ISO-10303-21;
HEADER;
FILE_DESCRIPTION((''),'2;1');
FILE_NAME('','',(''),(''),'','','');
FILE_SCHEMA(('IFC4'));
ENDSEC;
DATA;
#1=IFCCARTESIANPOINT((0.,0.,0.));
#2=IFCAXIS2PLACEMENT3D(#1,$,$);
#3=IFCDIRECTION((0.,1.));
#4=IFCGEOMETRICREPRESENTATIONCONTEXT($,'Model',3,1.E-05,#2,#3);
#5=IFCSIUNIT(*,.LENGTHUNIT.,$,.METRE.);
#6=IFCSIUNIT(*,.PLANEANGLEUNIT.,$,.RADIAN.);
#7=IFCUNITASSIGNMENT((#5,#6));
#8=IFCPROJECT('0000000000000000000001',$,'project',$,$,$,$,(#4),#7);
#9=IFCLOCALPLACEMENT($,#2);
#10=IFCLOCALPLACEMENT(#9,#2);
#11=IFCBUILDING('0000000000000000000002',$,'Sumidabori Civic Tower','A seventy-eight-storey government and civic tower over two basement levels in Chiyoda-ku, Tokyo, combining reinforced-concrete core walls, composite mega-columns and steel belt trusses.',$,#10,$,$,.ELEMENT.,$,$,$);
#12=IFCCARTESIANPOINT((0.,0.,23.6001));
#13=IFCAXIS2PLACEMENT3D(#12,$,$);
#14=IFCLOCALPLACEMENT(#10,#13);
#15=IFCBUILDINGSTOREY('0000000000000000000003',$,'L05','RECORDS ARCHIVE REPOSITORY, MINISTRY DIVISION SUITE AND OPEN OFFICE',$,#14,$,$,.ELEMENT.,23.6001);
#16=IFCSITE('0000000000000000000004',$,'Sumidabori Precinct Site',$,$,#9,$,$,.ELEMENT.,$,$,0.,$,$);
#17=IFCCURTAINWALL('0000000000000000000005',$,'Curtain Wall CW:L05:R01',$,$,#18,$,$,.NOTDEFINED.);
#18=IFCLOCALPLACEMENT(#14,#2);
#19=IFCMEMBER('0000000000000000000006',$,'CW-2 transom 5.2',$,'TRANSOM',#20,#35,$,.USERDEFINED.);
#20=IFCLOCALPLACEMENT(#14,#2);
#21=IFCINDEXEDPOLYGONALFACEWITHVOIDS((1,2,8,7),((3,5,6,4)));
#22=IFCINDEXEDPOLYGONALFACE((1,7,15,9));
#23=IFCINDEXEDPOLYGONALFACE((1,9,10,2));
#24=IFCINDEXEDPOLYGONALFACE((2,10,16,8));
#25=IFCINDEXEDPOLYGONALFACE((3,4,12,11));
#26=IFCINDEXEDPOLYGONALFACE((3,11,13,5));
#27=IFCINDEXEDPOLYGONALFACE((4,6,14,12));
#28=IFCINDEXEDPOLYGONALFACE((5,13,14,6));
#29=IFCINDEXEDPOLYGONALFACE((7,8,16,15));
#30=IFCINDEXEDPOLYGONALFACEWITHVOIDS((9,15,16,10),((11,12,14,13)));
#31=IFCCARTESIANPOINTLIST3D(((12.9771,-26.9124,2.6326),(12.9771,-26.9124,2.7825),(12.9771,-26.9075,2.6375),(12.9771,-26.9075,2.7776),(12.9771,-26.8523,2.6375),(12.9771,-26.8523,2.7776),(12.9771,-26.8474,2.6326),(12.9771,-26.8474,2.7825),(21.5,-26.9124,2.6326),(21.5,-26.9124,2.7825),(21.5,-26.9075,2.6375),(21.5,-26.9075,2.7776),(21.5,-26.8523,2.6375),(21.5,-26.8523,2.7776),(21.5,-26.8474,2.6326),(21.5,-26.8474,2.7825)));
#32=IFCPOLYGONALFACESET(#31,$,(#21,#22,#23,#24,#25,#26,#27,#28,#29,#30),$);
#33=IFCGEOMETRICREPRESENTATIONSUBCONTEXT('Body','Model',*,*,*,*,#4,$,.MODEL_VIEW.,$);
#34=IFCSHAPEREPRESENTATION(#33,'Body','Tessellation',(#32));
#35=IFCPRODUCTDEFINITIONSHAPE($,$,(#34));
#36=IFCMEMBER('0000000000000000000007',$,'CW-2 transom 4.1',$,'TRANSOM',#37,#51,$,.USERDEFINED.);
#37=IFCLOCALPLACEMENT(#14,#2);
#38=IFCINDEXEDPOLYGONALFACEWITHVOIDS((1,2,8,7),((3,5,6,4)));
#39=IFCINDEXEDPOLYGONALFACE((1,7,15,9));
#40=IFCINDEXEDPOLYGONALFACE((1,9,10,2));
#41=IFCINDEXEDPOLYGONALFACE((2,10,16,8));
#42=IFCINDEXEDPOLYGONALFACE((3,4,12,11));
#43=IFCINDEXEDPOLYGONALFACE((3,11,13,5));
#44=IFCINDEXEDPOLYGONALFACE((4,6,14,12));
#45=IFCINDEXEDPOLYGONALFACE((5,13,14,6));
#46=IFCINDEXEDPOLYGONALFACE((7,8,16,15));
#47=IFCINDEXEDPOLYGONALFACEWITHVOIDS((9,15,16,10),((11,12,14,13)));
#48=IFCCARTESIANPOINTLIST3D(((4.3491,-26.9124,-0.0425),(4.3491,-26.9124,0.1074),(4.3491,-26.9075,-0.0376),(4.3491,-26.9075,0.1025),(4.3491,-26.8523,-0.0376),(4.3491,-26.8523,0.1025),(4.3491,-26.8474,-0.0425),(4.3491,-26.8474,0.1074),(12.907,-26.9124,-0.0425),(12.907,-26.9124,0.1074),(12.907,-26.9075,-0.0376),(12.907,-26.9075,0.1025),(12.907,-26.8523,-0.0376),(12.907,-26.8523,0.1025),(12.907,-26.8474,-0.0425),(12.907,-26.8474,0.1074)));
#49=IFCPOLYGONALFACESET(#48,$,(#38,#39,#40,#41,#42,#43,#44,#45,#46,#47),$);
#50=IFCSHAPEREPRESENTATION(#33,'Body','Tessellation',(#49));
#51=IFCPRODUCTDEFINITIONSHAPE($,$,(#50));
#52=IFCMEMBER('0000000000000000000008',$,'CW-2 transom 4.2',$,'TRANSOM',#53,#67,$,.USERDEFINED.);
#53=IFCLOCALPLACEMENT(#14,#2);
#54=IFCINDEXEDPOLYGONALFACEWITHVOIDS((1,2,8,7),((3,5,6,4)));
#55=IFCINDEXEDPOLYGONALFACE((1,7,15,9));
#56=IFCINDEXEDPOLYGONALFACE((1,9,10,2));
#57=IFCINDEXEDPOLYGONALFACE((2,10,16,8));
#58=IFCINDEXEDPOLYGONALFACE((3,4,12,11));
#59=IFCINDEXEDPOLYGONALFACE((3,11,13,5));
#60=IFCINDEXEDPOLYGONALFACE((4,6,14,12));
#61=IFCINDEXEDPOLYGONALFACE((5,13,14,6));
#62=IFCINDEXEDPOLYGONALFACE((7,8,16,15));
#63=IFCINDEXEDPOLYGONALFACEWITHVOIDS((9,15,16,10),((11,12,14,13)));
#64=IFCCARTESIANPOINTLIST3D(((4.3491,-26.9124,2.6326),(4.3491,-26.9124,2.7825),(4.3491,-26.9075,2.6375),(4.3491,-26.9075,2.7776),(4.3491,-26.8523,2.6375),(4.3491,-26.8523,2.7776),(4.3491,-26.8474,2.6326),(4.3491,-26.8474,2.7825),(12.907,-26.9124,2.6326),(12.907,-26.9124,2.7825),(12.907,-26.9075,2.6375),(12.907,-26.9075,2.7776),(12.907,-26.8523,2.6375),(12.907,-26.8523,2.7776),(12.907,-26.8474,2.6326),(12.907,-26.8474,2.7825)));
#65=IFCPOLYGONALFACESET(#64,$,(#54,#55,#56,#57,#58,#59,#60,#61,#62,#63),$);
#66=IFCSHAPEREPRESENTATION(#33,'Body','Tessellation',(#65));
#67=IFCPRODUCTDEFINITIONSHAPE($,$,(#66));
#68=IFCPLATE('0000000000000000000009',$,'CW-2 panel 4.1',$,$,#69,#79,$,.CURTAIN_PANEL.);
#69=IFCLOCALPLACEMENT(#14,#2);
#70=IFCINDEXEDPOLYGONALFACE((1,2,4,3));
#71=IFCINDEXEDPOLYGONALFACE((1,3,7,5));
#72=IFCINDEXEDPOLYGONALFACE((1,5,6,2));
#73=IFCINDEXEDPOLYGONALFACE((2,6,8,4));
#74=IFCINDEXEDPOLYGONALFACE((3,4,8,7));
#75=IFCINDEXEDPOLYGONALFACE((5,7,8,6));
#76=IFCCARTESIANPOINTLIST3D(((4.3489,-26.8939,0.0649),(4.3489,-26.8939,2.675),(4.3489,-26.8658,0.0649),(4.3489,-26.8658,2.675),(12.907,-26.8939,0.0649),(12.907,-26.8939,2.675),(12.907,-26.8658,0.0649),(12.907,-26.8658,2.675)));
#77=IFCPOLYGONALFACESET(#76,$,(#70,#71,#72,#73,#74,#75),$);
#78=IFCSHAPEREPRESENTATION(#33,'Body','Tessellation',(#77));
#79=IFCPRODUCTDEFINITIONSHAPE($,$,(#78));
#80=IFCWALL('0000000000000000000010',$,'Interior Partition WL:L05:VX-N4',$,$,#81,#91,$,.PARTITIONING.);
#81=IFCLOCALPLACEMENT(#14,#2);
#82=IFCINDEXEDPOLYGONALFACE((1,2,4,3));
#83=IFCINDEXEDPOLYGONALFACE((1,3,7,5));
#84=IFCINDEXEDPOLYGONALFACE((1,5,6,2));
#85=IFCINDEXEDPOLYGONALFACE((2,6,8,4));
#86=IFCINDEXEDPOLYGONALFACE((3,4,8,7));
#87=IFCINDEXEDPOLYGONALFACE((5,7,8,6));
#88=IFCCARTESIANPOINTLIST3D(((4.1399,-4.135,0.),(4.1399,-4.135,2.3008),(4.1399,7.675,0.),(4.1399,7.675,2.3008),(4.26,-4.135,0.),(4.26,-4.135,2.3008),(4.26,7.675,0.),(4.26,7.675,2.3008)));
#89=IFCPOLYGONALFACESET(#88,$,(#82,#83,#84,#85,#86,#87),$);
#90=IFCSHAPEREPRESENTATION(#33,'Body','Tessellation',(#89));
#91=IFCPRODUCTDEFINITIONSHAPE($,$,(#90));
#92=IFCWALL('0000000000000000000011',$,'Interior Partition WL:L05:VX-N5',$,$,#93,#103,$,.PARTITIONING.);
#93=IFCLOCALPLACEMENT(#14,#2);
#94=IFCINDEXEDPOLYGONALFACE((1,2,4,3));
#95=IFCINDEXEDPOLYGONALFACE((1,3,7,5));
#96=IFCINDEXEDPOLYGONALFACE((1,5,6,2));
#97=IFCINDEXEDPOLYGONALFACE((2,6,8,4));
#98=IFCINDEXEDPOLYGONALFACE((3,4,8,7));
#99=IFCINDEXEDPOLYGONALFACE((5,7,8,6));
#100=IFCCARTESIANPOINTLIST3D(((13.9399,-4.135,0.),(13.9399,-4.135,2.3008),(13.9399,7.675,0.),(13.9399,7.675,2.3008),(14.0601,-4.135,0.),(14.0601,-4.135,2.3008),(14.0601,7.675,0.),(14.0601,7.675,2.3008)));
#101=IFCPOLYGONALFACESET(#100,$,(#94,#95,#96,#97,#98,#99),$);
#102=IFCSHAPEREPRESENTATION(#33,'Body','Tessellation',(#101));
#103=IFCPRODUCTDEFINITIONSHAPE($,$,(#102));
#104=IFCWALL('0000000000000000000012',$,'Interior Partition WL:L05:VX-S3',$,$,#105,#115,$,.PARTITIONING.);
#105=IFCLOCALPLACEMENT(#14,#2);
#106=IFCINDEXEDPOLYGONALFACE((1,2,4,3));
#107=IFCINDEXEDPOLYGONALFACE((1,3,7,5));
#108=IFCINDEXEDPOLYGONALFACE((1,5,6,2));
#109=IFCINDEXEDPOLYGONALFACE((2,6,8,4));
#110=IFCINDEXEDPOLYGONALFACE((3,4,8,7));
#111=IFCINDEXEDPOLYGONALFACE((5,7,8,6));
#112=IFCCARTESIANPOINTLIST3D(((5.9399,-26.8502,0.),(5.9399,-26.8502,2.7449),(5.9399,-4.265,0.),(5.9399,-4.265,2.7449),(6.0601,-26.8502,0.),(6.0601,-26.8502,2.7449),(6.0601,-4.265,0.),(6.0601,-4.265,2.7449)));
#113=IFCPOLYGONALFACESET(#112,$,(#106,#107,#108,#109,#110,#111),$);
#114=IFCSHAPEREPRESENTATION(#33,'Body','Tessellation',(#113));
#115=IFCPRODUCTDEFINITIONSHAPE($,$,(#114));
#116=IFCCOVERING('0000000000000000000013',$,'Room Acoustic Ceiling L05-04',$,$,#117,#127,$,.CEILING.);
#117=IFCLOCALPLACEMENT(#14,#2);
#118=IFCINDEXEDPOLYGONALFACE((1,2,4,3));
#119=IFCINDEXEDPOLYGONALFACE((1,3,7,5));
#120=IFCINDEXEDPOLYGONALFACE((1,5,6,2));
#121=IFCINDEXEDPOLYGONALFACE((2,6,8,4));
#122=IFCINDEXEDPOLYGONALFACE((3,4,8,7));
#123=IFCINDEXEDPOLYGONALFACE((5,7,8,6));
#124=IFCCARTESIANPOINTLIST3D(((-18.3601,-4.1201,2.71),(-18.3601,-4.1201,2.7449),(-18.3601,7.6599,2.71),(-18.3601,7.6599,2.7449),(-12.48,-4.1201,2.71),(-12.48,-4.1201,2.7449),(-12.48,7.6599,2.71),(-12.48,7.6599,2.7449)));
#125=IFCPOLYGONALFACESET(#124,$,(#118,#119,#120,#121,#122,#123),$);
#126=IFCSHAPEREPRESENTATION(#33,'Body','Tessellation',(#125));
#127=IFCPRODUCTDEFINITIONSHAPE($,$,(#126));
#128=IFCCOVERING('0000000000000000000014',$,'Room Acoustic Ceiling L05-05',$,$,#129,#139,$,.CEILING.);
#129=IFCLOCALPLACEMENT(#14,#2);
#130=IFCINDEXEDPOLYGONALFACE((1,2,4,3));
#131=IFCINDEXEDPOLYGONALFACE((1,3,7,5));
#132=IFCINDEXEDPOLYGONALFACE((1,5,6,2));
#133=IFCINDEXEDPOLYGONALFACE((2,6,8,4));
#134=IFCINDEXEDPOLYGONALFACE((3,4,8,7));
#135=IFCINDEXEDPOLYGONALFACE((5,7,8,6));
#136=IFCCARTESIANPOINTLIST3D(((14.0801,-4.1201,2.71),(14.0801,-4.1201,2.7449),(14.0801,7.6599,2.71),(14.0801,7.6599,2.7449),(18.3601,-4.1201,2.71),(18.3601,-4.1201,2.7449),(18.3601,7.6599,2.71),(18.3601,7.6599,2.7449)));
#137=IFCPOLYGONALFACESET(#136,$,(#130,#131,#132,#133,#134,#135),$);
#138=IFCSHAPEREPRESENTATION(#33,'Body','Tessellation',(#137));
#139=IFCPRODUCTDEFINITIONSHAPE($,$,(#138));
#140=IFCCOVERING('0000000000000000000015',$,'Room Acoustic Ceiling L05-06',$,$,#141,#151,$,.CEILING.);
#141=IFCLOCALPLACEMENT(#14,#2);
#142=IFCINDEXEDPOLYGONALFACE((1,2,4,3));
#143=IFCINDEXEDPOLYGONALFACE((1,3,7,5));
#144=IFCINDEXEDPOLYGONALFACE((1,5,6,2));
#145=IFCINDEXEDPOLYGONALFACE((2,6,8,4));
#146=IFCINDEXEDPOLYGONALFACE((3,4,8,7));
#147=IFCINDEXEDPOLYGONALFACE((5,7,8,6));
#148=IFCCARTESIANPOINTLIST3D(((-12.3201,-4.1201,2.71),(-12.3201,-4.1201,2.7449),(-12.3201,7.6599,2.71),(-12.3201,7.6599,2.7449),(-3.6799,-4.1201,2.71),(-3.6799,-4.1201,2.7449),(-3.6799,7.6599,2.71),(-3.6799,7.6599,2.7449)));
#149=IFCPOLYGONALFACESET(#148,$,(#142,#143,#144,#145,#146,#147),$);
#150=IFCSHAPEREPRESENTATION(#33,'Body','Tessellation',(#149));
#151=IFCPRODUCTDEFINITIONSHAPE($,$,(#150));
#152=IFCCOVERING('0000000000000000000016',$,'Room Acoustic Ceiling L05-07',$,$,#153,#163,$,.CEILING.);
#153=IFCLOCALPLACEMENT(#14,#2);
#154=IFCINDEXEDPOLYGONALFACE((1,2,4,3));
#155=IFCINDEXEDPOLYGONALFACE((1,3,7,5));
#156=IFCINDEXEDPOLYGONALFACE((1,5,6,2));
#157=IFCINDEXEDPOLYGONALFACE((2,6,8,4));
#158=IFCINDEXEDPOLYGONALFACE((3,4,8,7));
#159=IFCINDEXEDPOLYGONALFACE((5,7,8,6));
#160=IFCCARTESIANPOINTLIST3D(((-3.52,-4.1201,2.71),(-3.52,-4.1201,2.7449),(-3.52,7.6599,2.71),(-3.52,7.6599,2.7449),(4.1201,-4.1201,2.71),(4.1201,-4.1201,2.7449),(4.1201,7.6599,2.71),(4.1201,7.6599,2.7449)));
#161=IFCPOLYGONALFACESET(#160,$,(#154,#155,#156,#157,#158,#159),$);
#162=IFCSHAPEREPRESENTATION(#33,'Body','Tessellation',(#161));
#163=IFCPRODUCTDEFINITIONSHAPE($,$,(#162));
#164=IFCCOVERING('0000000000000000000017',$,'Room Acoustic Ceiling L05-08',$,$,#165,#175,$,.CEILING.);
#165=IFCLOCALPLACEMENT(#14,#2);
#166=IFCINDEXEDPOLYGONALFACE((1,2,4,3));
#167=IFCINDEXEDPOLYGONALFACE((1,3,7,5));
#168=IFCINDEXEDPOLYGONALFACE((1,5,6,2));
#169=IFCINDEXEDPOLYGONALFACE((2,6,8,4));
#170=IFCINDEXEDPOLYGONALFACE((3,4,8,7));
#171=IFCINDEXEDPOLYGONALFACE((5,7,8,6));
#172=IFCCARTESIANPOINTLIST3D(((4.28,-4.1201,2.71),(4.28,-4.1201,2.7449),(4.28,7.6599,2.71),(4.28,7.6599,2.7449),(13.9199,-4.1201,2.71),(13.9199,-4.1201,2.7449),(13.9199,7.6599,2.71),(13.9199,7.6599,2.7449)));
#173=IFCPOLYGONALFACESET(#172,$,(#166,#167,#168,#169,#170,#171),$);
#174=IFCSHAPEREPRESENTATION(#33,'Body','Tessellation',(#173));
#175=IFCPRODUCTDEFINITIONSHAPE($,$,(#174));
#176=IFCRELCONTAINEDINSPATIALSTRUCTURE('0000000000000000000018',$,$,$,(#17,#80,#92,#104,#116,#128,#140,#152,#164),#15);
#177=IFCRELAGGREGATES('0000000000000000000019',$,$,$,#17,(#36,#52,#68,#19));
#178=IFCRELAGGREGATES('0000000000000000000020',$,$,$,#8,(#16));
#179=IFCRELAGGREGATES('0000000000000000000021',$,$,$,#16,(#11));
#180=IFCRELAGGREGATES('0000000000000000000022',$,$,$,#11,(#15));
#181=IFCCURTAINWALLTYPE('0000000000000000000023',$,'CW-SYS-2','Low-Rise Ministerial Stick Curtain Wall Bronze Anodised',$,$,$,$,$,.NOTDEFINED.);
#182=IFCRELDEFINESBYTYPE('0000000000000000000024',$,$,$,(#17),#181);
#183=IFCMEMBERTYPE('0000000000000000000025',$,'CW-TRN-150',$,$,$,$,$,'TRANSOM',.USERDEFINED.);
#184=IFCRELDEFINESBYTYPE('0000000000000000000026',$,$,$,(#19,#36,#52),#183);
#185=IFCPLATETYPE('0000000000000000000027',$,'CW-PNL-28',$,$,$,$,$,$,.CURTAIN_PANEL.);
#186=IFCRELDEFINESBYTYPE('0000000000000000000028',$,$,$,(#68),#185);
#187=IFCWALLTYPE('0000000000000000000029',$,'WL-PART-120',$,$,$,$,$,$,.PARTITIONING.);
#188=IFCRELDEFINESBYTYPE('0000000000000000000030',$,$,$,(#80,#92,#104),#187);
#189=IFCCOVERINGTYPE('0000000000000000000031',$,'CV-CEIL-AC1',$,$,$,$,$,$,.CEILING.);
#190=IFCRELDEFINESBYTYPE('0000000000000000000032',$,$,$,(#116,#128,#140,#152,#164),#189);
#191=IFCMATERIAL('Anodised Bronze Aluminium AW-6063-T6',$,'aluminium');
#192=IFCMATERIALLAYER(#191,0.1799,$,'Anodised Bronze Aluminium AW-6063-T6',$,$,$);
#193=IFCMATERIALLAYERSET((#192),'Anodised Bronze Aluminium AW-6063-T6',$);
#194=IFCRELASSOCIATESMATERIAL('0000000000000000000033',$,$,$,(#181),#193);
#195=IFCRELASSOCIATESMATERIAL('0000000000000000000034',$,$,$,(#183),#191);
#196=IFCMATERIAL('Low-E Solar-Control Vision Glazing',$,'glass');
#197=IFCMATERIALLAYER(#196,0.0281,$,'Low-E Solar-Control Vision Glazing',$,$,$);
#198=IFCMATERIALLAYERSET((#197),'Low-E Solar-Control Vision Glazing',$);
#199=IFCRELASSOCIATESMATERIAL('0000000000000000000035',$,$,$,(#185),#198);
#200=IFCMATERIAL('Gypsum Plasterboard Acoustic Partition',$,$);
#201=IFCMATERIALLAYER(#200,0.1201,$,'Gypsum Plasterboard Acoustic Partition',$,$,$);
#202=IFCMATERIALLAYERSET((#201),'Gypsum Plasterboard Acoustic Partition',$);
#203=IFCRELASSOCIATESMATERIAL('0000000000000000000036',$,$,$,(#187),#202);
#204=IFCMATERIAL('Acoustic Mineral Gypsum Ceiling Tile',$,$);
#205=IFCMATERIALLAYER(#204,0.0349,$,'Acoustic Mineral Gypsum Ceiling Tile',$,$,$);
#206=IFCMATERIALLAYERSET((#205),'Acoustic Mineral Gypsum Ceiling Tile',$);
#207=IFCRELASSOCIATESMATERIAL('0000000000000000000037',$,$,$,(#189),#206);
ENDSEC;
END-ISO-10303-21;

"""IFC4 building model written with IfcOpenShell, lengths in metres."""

from ifc_helpers import new_model, si_unit, direction, frame, frame_2d, origin, origin_2d, place, context, subcontext, project, spatial, polyline, rectangle, hollow_rectangle, outline, extrude, source, transform, mapped, material, layer, layer_set, material_profile, profile_set, type_object, element, aggregate, save


model = new_model("IFC4")

# Units and contexts
model_context = context("Model", 3, precision=1e-05, world=origin(), true_north=direction((0.0, 1.0)))
body_context = subcontext(model_context, "Body", "Model", "MODEL_VIEW")
ifc_project = project(units=[si_unit("LENGTHUNIT", "METRE"), si_unit("PLANEANGLEUNIT", "RADIAN")], contexts=[model_context])

# Site, building, storey
site_placement = place(None, origin())
site = spatial("IfcSite", under=ifc_project, at=site_placement, Name="Sumidabori Precinct Site", CompositionType="ELEMENT", RefElevation=0.0)
building_placement = place(site_placement, origin())
building = spatial("IfcBuilding", under=site, at=building_placement, Name="Sumidabori Civic Tower", Description="A seventy-eight-storey government and civic tower over two basement levels in Chiyoda-ku, Tokyo, combining reinforced-concrete core walls, composite mega-columns and steel belt trusses.", CompositionType="ELEMENT")
storey_placement = place(building_placement, frame((0.0, 0.0, 23.6001)))
storey = spatial("IfcBuildingStorey", under=building, at=storey_placement, Name="L05", Description="RECORDS ARCHIVE REPOSITORY, MINISTRY DIVISION SUITE AND OPEN OFFICE", CompositionType="ELEMENT", Elevation=23.6001)

# Curtain wall, members, plate
ifc_material_1 = material(Name="Anodised Bronze Aluminium AW-6063-T6", Category="aluminium")
ifc_layer_1 = layer(ifc_material_1, 0.1799, Name="Anodised Bronze Aluminium AW-6063-T6")
ifc_layer_set_1 = layer_set([ifc_layer_1], Name="Anodised Bronze Aluminium AW-6063-T6")
curtain_wall_type = type_object("IfcCurtainWallType", Name="CW-SYS-2", Description="Low-Rise Ministerial Stick Curtain Wall Bronze Anodised", PredefinedType="NOTDEFINED", material=ifc_layer_set_1)
curtain_wall_placement = place(storey_placement, origin())
curtain_wall = element("IfcCurtainWall", 1, at=curtain_wall_placement, inside=storey, type_object=curtain_wall_type, Name="Curtain Wall CW:L05:R01", PredefinedType="NOTDEFINED")
ifc_material_profile_1 = material_profile(ifc_material_1, hollow_rectangle(XDim=0.0649, YDim=0.1499, WallThickness=0.0049, at=origin_2d()), Name="ALU TRANSOM 150x65")
ifc_profile_set_1 = profile_set([ifc_material_profile_1], Name="Anodised Bronze Aluminium AW-6063-T6")
member_type_1 = type_object("IfcMemberType", Name="CW-TRN-150", ElementType="TRANSOM", PredefinedType="USERDEFINED", material=ifc_profile_set_1)
shared_shape_1 = source(origin(), body_context, "Body", "SweptSolid", [
    extrude(hollow_rectangle(XDim=0.0649, YDim=0.1499, WallThickness=0.0049, at=origin_2d()), origin(), (0.0, 0.0, 1.0), 8.5229),
])
member_1_placement = place(storey_placement, frame((12.9771, -26.8799, 2.7075), z_axis=(1.0, 0.0, 0.0), x_axis=(0.0, 1.0, 0.0)))
member_1 = element("IfcMember", 2, at=member_1_placement, type_object=member_type_1, Name="CW-2 transom 5.2", ObjectType="TRANSOM", PredefinedType="USERDEFINED", context=body_context, shape_type="MappedRepresentation", body=[
    mapped(shared_shape_1, transform((0.0, 0.0, 0.0), x_axis=(1.0, 0.0, 0.0), y_axis=(0.0, 1.0, 0.0), z_axis=(0.0, 0.0, 1.0), scale=1.0)),
])
shared_shape_2 = source(origin(), body_context, "Body", "SweptSolid", [
    extrude(hollow_rectangle(XDim=0.0649, YDim=0.1499, WallThickness=0.0049, at=origin_2d()), origin(), (0.0, 0.0, 1.0), 8.5579),
])
member_2_placement = place(storey_placement, frame((4.3491, -26.8799, 0.0325), z_axis=(1.0, 0.0, 0.0), x_axis=(0.0, 1.0, 0.0)))
member_2 = element("IfcMember", 3, at=member_2_placement, type_object=member_type_1, Name="CW-2 transom 4.1", ObjectType="TRANSOM", PredefinedType="USERDEFINED", context=body_context, shape_type="MappedRepresentation", body=[
    mapped(shared_shape_2, transform((0.0, 0.0, 0.0), x_axis=(1.0, 0.0, 0.0), y_axis=(0.0, 1.0, 0.0), z_axis=(0.0, 0.0, 1.0), scale=1.0)),
])
member_3_placement = place(storey_placement, frame((4.3491, -26.8799, 2.7075), z_axis=(1.0, 0.0, 0.0), x_axis=(0.0, 1.0, 0.0)))
member_3 = element("IfcMember", 4, at=member_3_placement, type_object=member_type_1, Name="CW-2 transom 4.2", ObjectType="TRANSOM", PredefinedType="USERDEFINED", context=body_context, shape_type="MappedRepresentation", body=[
    mapped(shared_shape_2, transform((0.0, 0.0, 0.0), x_axis=(1.0, 0.0, 0.0), y_axis=(0.0, 1.0, 0.0), z_axis=(0.0, 0.0, 1.0), scale=1.0)),
])
ifc_material_2 = material(Name="Low-E Solar-Control Vision Glazing", Category="glass")
ifc_layer_2 = layer(ifc_material_2, 0.0281, Name="Low-E Solar-Control Vision Glazing")
ifc_layer_set_2 = layer_set([ifc_layer_2], Name="Low-E Solar-Control Vision Glazing")
plate_type = type_object("IfcPlateType", Name="CW-PNL-28", PredefinedType="CURTAIN_PANEL", material=ifc_layer_set_2)
shared_shape_3 = source(origin(), body_context, "Body", "SweptSolid", [
    extrude(rectangle(XDim=8.5581, YDim=0.0281, at=origin_2d()), origin(), (0.0, 0.0, 1.0), 2.6101),
])
plate_placement = place(storey_placement, frame((8.6279, -26.8799, 0.0649), z_axis=(0.0, 0.0, 1.0), x_axis=(1.0, 0.0, 0.0)))
plate = element("IfcPlate", 5, at=plate_placement, type_object=plate_type, Name="CW-2 panel 4.1", PredefinedType="CURTAIN_PANEL", context=body_context, shape_type="MappedRepresentation", body=[
    mapped(shared_shape_3, transform((0.0, 0.0, 0.0), x_axis=(1.0, 0.0, 0.0), y_axis=(0.0, 1.0, 0.0), z_axis=(0.0, 0.0, 1.0), scale=1.0)),
])
aggregate(curtain_wall, [member_2, member_3, plate, member_1])

# Walls
ifc_material_3 = material(Name="Gypsum Plasterboard Acoustic Partition")
ifc_layer_3 = layer(ifc_material_3, 0.1201, Name="Gypsum Plasterboard Acoustic Partition")
ifc_layer_set_3 = layer_set([ifc_layer_3], Name="Gypsum Plasterboard Acoustic Partition")
wall_type = type_object("IfcWallType", Name="WL-PART-120", PredefinedType="PARTITIONING", material=ifc_layer_set_3)
shared_shape_4 = source(origin(), body_context, "Body", "SweptSolid", [
    extrude(rectangle(XDim=11.8101, YDim=0.1201, at=frame_2d((5.905, 0.0))), origin(), (0.0, 0.0, 1.0), 2.3008),
])
for number, where, z_axis, x_axis, name in (
    (6, (4.2, -4.135, 0.0), (0.0, 0.0, 1.0), (0.0, 1.0, 0.0), "Interior Partition WL:L05:VX-N4"),
    (7, (14.0, -4.135, 0.0), (0.0, 0.0, 1.0), (0.0, 1.0, 0.0), "Interior Partition WL:L05:VX-N5"),
):
    element("IfcWall", number, at=place(storey_placement, frame(where, z_axis=z_axis, x_axis=x_axis)), inside=storey, type_object=wall_type, Name=name, PredefinedType="PARTITIONING", context=body_context, shape_type="MappedRepresentation", body=[
        mapped(shared_shape_4, transform((0.0, 0.0, 0.0), x_axis=(1.0, 0.0, 0.0), y_axis=(0.0, 1.0, 0.0), z_axis=(0.0, 0.0, 1.0), scale=1.0)),
    ])
shared_shape_5 = source(origin(), body_context, "Body", "SweptSolid", [
    extrude(rectangle(XDim=22.5852, YDim=0.1201, at=frame_2d((11.2925, 0.0))), origin(), (0.0, 0.0, 1.0), 2.7449),
])
wall_placement = place(storey_placement, frame((6.0, -26.8501, 0.0), z_axis=(0.0, 0.0, 1.0), x_axis=(0.0, 1.0, 0.0)))
element("IfcWall", 8, at=wall_placement, inside=storey, type_object=wall_type, Name="Interior Partition WL:L05:VX-S3", PredefinedType="PARTITIONING", context=body_context, shape_type="MappedRepresentation", body=[
    mapped(shared_shape_5, transform((0.0, 0.0, 0.0), x_axis=(1.0, 0.0, 0.0), y_axis=(0.0, 1.0, 0.0), z_axis=(0.0, 0.0, 1.0), scale=1.0)),
])

# Coverings
ifc_material_4 = material(Name="Acoustic Mineral Gypsum Ceiling Tile")
ifc_layer_4 = layer(ifc_material_4, 0.0349, Name="Acoustic Mineral Gypsum Ceiling Tile")
ifc_layer_set_4 = layer_set([ifc_layer_4], Name="Acoustic Mineral Gypsum Ceiling Tile")
covering_type_1 = type_object("IfcCoveringType", Name="CV-CEIL-AC1", PredefinedType="CEILING", material=ifc_layer_set_4)
covering_1_placement = place(storey_placement, frame((0.0, 0.0, 2.71)))
element("IfcCovering", 9, at=covering_1_placement, inside=storey, type_object=covering_type_1, Name="Room Acoustic Ceiling L05-04", PredefinedType="CEILING", context=body_context, shape_type="SweptSolid", body=[
    extrude(outline(polyline([(-18.3601, 7.6599), (-12.48, 7.6599), (-12.48, -4.1201), (-18.3601, -4.1201), (-18.3601, 7.6599)])), origin(), (0.0, 0.0, 1.0), 0.0349),
])
covering_2_placement = place(storey_placement, frame((0.0, 0.0, 2.71)))
element("IfcCovering", 10, at=covering_2_placement, inside=storey, type_object=covering_type_1, Name="Room Acoustic Ceiling L05-05", PredefinedType="CEILING", context=body_context, shape_type="SweptSolid", body=[
    extrude(outline(polyline([(14.0801, 7.6599), (18.3601, 7.6599), (18.3601, -4.1201), (14.0801, -4.1201), (14.0801, 7.6599)])), origin(), (0.0, 0.0, 1.0), 0.0349),
])
covering_3_placement = place(storey_placement, frame((0.0, 0.0, 2.71)))
element("IfcCovering", 11, at=covering_3_placement, inside=storey, type_object=covering_type_1, Name="Room Acoustic Ceiling L05-06", PredefinedType="CEILING", context=body_context, shape_type="SweptSolid", body=[
    extrude(outline(polyline([(-12.3201, 7.6599), (-3.6799, 7.6599), (-3.6799, -4.1201), (-12.3201, -4.1201), (-12.3201, 7.6599)])), origin(), (0.0, 0.0, 1.0), 0.0349),
])
covering_4_placement = place(storey_placement, frame((0.0, 0.0, 2.71)))
element("IfcCovering", 12, at=covering_4_placement, inside=storey, type_object=covering_type_1, Name="Room Acoustic Ceiling L05-07", PredefinedType="CEILING", context=body_context, shape_type="SweptSolid", body=[
    extrude(outline(polyline([(-3.52, 7.6599), (4.1201, 7.6599), (4.1201, -4.1201), (-3.52, -4.1201), (-3.52, 7.6599)])), origin(), (0.0, 0.0, 1.0), 0.0349),
])
covering_5_placement = place(storey_placement, frame((0.0, 0.0, 2.71)))
element("IfcCovering", 13, at=covering_5_placement, inside=storey, type_object=covering_type_1, Name="Room Acoustic Ceiling L05-08", PredefinedType="CEILING", context=body_context, shape_type="SweptSolid", body=[
    extrude(outline(polyline([(4.28, 7.6599), (13.9199, 7.6599), (13.9199, -4.1201), (4.28, -4.1201), (4.28, 7.6599)])), origin(), (0.0, 0.0, 1.0), 0.0349),
])

save(model, "model.ifc")
